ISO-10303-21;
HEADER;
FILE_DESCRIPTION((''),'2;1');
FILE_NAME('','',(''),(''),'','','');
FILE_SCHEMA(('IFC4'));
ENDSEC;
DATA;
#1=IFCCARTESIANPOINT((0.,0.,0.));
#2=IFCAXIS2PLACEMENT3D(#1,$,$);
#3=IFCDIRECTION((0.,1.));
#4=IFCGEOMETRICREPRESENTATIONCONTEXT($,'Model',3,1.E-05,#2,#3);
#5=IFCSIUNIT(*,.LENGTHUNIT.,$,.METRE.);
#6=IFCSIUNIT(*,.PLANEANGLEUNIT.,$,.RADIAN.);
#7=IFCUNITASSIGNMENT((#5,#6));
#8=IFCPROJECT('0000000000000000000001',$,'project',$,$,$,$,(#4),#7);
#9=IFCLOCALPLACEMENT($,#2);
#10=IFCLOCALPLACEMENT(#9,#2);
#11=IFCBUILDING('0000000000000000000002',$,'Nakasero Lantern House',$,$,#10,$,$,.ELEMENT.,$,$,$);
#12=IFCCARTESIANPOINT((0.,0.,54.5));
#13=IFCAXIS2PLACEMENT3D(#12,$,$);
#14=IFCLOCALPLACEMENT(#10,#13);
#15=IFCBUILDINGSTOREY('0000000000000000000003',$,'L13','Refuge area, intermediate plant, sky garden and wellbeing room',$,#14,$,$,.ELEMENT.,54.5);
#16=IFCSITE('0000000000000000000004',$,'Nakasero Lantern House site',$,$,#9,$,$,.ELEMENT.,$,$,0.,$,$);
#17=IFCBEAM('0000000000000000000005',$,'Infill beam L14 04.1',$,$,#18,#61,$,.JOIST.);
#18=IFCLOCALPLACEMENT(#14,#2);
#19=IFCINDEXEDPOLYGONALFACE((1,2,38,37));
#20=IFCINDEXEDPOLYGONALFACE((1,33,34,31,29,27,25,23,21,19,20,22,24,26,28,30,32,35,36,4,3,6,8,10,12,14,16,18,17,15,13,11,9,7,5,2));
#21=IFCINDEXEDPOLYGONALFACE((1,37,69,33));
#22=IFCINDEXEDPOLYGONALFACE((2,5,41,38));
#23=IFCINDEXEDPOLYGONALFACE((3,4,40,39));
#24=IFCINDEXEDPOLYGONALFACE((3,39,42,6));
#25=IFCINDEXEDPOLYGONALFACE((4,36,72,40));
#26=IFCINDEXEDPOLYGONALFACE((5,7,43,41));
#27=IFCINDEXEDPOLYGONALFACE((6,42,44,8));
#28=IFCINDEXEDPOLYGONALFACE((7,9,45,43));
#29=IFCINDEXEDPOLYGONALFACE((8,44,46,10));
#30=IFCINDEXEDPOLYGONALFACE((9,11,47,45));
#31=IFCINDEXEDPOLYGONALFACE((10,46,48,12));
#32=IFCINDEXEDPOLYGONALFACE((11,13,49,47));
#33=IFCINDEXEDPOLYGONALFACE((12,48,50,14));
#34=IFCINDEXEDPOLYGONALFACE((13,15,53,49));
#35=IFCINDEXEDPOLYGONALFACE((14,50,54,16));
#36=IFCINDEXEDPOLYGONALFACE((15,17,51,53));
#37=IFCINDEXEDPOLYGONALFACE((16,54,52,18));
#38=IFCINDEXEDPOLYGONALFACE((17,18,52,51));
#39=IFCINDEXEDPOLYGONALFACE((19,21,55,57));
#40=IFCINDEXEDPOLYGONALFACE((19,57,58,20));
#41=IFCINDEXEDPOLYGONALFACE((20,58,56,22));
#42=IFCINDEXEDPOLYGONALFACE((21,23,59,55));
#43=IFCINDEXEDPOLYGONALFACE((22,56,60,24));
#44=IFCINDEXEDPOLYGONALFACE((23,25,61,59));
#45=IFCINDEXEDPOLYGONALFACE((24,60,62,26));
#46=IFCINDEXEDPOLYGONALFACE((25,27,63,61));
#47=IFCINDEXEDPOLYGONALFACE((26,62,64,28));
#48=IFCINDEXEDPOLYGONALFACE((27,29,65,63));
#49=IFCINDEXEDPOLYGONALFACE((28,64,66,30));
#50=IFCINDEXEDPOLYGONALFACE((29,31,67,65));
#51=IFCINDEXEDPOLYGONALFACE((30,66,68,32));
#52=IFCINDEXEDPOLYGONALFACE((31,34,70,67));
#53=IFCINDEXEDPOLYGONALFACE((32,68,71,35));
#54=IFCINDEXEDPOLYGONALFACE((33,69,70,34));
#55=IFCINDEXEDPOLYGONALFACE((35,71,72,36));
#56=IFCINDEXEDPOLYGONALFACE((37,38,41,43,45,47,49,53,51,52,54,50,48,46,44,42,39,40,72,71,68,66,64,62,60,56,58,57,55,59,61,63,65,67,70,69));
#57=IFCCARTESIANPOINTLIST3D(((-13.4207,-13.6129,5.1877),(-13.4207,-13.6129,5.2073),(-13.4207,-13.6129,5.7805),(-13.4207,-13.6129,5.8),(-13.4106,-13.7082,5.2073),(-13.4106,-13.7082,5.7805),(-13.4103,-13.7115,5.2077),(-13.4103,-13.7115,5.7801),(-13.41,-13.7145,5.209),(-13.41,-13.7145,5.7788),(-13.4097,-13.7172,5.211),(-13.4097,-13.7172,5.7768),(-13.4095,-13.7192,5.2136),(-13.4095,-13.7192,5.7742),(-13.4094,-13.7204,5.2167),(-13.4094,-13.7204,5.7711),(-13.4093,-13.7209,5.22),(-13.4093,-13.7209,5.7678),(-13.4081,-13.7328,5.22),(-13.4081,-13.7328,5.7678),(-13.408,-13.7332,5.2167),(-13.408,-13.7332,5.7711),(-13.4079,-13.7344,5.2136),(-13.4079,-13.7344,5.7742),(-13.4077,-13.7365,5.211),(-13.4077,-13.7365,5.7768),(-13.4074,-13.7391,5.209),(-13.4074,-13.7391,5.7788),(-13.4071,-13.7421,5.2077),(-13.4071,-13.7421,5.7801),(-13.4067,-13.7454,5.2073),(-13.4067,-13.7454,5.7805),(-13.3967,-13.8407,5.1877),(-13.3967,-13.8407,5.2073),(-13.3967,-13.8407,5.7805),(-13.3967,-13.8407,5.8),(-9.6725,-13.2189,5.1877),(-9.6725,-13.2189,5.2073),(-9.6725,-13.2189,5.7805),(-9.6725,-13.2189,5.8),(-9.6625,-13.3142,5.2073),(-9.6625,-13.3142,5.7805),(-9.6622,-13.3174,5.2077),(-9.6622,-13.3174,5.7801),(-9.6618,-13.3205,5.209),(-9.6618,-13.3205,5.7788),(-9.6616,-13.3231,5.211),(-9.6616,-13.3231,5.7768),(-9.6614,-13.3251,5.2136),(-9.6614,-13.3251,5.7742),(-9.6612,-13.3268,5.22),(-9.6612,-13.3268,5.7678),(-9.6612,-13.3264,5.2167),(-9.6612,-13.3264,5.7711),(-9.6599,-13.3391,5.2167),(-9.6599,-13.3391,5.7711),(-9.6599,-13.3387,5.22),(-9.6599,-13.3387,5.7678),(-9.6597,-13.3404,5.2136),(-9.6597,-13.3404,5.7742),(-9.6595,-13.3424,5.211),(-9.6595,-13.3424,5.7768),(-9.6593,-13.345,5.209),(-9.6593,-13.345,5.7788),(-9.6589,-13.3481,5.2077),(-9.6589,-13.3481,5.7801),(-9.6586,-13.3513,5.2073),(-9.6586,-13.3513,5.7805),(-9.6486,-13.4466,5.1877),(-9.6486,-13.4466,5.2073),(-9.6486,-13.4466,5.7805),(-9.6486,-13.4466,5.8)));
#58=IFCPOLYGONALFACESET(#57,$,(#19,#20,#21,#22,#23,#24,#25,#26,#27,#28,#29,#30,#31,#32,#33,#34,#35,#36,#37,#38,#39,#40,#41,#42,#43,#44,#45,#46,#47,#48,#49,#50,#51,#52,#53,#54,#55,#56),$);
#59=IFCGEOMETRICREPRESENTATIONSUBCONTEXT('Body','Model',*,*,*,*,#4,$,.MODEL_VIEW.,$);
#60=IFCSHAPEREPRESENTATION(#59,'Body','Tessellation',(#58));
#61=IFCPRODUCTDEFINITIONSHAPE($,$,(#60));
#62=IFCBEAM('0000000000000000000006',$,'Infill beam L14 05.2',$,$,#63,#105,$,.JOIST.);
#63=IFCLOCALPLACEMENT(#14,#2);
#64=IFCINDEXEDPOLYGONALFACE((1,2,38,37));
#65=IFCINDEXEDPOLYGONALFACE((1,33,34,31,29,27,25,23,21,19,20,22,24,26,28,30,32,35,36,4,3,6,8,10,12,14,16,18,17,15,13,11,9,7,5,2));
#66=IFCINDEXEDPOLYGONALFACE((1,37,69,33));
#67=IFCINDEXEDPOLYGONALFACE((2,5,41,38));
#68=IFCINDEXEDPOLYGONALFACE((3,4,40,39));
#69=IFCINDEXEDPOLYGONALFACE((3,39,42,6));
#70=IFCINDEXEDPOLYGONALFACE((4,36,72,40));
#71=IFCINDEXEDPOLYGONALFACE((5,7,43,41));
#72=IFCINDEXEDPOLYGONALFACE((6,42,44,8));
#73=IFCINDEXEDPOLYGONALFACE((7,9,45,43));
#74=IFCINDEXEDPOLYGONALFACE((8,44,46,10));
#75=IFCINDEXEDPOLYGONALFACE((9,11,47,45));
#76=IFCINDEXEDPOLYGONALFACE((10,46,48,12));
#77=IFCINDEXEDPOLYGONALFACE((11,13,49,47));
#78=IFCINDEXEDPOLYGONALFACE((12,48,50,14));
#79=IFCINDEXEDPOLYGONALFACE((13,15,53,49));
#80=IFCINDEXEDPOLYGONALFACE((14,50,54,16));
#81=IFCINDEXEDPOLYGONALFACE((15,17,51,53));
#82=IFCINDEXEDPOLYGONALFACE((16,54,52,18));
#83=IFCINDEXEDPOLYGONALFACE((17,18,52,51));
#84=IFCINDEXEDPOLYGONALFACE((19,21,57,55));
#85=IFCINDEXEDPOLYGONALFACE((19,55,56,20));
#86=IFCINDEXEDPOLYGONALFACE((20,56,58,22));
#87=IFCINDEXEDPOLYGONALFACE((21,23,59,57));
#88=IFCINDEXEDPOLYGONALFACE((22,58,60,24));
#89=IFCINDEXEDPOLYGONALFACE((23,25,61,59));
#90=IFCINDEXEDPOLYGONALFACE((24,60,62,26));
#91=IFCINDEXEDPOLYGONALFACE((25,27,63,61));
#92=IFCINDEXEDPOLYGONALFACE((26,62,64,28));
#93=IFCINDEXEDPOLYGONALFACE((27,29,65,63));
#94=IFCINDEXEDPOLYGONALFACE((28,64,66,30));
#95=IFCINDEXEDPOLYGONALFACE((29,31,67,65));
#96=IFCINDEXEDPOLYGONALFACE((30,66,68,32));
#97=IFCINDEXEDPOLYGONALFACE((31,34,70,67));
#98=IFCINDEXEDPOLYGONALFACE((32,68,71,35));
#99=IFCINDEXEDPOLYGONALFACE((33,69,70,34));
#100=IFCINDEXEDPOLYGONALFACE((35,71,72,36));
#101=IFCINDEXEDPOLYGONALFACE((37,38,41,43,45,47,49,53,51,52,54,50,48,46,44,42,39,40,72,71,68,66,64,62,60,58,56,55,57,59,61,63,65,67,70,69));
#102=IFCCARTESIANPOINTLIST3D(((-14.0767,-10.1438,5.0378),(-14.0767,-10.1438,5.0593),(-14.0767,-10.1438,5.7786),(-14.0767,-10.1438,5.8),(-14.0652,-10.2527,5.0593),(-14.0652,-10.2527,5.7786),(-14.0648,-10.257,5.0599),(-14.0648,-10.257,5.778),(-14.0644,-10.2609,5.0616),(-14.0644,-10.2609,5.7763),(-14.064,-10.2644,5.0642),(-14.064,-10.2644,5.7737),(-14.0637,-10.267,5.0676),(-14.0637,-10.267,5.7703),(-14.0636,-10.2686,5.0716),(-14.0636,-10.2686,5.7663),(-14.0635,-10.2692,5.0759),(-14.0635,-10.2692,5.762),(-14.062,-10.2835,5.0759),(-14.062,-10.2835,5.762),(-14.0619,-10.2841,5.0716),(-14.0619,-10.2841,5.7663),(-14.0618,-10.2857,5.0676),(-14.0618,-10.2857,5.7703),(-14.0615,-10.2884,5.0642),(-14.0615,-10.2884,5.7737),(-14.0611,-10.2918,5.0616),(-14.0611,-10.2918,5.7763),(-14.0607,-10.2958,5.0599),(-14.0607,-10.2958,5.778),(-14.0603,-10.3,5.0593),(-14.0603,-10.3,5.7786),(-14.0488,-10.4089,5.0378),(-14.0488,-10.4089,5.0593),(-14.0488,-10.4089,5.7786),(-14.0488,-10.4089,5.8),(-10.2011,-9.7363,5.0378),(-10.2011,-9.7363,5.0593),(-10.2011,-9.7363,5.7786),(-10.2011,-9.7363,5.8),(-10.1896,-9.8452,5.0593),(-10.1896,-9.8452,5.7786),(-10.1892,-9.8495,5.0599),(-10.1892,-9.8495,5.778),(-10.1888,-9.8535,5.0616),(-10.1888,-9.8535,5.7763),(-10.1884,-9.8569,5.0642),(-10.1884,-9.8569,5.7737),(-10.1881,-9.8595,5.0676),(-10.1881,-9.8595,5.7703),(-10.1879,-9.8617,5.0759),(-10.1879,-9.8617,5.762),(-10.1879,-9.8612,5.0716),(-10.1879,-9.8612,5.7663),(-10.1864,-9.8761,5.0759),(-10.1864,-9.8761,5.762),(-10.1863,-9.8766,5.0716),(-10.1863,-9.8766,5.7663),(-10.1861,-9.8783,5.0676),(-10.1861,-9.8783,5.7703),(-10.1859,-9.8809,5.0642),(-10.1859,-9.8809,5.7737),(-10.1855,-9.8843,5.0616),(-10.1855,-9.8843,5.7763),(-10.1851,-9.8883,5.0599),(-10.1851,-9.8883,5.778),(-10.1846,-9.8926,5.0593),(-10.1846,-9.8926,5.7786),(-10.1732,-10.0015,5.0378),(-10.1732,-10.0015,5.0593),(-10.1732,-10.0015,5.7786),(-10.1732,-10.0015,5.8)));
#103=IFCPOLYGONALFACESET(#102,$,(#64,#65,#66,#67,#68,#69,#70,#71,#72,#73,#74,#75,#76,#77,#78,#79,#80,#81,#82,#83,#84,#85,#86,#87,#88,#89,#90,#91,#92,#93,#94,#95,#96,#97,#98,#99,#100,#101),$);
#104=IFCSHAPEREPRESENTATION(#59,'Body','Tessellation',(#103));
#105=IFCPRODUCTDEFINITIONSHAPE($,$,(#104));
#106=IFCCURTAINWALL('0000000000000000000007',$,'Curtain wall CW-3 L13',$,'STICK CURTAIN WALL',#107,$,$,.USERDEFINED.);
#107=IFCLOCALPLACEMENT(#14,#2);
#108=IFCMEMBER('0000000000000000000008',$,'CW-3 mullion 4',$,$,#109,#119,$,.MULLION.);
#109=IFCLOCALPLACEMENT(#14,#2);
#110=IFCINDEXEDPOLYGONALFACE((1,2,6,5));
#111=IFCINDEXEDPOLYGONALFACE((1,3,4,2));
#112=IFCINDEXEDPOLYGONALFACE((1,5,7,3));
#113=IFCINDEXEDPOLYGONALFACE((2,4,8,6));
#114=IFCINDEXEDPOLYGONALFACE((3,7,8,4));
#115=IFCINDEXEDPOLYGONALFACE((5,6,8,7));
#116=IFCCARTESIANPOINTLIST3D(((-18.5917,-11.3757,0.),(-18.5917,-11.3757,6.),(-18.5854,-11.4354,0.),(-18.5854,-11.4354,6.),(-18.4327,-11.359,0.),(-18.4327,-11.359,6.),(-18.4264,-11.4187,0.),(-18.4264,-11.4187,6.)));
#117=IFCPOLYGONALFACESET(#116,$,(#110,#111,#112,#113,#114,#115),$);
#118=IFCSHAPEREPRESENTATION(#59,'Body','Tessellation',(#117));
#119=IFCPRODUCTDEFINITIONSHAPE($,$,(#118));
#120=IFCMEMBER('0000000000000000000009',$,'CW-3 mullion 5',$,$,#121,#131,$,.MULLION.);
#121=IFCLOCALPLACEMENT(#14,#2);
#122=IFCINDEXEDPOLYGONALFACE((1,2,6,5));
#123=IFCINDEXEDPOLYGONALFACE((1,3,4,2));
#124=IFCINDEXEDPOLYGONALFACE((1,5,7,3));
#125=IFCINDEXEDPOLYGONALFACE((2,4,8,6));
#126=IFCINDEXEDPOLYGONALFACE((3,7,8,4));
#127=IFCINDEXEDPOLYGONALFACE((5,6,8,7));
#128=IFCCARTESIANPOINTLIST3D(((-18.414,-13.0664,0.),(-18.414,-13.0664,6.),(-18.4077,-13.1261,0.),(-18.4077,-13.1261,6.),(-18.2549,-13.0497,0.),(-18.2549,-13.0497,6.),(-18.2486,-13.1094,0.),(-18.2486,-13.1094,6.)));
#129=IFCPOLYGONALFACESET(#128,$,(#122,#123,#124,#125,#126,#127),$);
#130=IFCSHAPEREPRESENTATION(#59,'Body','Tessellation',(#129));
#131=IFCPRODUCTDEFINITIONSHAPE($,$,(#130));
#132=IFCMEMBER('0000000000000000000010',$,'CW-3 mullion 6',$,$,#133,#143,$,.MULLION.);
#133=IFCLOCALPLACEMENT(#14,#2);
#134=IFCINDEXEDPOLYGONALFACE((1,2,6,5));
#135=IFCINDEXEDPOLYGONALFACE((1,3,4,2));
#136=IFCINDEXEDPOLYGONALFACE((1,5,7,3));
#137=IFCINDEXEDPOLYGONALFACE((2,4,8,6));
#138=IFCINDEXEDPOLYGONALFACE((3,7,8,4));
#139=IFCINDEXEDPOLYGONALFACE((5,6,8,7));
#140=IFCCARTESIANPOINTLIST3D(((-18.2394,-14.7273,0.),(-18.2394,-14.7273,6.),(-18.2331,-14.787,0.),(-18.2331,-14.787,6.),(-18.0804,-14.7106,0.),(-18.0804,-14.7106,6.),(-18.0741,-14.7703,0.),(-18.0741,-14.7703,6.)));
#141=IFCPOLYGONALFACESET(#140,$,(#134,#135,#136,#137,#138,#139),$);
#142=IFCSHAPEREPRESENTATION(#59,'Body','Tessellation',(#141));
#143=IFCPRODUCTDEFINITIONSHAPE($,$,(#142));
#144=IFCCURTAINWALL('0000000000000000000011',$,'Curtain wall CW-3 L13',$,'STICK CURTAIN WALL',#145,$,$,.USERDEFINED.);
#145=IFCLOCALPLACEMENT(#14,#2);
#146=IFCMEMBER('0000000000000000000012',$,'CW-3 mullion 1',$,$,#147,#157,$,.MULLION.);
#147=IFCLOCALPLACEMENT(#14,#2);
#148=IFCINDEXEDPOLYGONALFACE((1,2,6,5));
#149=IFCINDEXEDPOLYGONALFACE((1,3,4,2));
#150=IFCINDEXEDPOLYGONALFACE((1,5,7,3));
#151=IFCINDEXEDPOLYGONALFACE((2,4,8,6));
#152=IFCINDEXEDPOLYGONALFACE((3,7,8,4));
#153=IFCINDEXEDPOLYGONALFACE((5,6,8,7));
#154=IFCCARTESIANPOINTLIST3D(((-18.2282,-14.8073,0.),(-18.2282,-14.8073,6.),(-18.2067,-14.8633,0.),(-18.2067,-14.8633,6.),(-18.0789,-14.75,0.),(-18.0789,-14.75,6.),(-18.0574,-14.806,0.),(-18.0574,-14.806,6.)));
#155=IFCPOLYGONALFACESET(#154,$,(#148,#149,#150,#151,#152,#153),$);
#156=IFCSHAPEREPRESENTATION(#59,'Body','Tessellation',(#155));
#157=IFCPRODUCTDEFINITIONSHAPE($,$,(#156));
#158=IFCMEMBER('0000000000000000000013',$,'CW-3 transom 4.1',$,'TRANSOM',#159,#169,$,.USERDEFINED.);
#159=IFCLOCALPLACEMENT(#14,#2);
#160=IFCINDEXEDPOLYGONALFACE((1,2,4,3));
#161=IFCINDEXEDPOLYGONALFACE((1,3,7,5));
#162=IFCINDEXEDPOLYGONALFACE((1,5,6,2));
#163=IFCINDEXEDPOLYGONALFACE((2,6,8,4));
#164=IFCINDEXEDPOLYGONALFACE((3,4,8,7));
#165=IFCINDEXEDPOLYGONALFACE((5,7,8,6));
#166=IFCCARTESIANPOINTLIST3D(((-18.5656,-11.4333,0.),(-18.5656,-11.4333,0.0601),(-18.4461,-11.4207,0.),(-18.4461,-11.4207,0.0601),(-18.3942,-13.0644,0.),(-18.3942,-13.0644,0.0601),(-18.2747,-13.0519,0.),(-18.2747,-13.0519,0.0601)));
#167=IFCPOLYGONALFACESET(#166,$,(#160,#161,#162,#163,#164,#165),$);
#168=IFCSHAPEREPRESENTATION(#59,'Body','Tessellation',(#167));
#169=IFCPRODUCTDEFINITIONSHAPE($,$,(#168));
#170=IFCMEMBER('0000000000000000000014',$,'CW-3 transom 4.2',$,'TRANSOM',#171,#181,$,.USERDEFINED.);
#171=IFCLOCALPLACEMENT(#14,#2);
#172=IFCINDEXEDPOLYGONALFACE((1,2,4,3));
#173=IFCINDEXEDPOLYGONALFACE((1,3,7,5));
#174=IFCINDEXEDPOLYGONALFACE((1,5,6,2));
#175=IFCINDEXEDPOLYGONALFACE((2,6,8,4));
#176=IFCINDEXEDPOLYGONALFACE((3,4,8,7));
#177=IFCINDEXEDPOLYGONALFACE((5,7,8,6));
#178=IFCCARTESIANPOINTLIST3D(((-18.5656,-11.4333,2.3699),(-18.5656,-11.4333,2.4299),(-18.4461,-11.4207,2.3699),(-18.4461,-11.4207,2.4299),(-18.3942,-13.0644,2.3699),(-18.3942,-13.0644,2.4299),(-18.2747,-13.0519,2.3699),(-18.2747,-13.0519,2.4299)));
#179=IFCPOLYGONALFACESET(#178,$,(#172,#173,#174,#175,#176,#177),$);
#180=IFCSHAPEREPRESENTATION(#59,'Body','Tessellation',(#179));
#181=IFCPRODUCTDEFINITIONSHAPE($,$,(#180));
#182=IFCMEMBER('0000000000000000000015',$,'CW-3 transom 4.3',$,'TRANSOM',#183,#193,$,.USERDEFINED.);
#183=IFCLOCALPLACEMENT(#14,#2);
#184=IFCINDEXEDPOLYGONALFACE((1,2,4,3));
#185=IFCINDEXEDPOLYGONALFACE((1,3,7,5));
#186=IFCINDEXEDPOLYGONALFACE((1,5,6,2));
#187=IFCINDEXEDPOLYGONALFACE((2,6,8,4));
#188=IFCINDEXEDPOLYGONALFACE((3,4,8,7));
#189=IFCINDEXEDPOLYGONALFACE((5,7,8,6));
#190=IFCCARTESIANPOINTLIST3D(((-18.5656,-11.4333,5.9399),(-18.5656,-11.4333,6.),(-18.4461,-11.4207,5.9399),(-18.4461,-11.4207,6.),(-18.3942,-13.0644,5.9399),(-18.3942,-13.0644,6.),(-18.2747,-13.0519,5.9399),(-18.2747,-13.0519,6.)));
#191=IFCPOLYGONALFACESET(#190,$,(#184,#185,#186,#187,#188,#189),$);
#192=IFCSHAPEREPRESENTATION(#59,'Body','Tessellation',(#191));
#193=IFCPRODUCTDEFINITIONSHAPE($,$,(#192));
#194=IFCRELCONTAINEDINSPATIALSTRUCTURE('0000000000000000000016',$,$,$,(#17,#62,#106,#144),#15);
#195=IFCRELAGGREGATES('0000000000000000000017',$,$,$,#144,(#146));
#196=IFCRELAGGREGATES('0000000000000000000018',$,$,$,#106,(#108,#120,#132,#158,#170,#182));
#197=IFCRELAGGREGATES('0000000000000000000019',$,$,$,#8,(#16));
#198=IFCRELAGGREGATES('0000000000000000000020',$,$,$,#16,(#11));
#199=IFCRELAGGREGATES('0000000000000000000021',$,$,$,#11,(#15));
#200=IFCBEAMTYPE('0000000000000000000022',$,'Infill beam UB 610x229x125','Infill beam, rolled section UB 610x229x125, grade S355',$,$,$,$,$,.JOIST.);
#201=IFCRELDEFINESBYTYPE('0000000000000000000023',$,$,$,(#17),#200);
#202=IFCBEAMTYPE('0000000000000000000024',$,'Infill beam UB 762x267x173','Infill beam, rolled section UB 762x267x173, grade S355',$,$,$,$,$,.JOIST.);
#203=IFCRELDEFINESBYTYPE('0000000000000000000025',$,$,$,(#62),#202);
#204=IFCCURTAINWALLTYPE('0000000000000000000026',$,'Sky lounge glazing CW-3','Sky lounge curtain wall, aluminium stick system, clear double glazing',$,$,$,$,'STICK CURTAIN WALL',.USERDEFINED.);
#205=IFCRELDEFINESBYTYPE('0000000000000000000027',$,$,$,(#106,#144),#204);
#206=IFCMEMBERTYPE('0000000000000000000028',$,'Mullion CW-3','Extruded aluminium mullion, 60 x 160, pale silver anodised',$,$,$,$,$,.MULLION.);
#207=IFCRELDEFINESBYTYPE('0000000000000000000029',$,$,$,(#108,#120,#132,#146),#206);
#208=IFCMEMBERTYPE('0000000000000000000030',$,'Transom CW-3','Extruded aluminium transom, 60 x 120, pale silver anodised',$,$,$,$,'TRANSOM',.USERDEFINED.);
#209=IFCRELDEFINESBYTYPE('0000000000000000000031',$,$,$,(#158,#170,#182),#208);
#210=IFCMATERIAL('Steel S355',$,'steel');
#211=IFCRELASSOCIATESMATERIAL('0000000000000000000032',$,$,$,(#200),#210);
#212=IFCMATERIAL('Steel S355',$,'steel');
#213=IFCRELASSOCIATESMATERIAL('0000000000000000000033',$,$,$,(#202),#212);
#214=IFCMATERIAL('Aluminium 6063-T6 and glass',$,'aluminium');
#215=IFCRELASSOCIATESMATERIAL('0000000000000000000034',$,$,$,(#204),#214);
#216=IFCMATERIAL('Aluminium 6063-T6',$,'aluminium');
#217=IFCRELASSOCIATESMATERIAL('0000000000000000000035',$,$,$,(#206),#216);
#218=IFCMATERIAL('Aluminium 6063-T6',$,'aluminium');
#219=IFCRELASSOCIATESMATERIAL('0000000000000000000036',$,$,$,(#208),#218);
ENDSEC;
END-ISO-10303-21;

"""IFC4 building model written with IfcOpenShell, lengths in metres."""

from ifc_helpers import new_model, si_unit, direction, frame, origin, origin_2d, place, context, subcontext, project, spatial, rectangle, i_section, extrude, material, material_profile, profile_set, type_object, element, aggregate, save


model = new_model("IFC4")

# Units and contexts
model_context = context("Model", 3, precision=1e-05, world=origin(), true_north=direction((0.0, 1.0)))
body_context = subcontext(model_context, "Body", "Model", "MODEL_VIEW")
ifc_project = project(units=[si_unit("LENGTHUNIT", "METRE"), si_unit("PLANEANGLEUNIT", "RADIAN")], contexts=[model_context])

# Site, building, storey
site_placement = place(None, origin())
site = spatial("IfcSite", under=ifc_project, at=site_placement, Name="Nakasero Lantern House site", CompositionType="ELEMENT", RefElevation=0.0)
building_placement = place(site_placement, origin())
building = spatial("IfcBuilding", under=site, at=building_placement, Name="Nakasero Lantern House", CompositionType="ELEMENT")
storey_placement = place(building_placement, frame((0.0, 0.0, 54.5)))
storey = spatial("IfcBuildingStorey", under=building, at=storey_placement, Name="L13", Description="Refuge area, intermediate plant, sky garden and wellbeing room", CompositionType="ELEMENT", Elevation=54.5)

# Beams
ifc_material_1 = material(Name="Steel S355", Category="steel")
ifc_material_profile_1 = material_profile(ifc_material_1, i_section(OverallWidth=0.229, OverallDepth=0.6123, WebThickness=0.012, FlangeThickness=0.0195, FilletRadius=0.0127, at=origin_2d()), Name="UB 610x229x125")
ifc_profile_set_1 = profile_set([ifc_material_profile_1], Name="Steel S355")
beam_type_1 = type_object("IfcBeamType", Name="Infill beam UB 610x229x125", Description="Infill beam, rolled section UB 610x229x125, grade S355", PredefinedType="JOIST", material=ifc_profile_set_1)
beam_1_placement = place(storey_placement, frame((-13.4087, -13.7268, 5.4939), z_axis=(0.994519, 0.104557, 0.0), x_axis=(-0.104557, 0.994519, 0.0)))
element("IfcBeam", 1, at=beam_1_placement, inside=storey, type_object=beam_type_1, Name="Infill beam L14 04.1", PredefinedType="JOIST", context=body_context, shape_type="SweptSolid", body=[
    extrude(i_section(OverallWidth=0.229, OverallDepth=0.6123, WebThickness=0.012, FlangeThickness=0.0195, FilletRadius=0.0127, at=origin_2d()), origin(), (0.0, 0.0, 1.0), 3.7688),
])
ifc_material_2 = material(Name="Steel S355", Category="steel")
ifc_material_profile_2 = material_profile(ifc_material_2, i_section(OverallWidth=0.2666, OverallDepth=0.7622, WebThickness=0.0144, FlangeThickness=0.0215, FilletRadius=0.0166, at=origin_2d()), Name="UB 762x267x173")
ifc_profile_set_2 = profile_set([ifc_material_profile_2], Name="Steel S355")
beam_type_2 = type_object("IfcBeamType", Name="Infill beam UB 762x267x173", Description="Infill beam, rolled section UB 762x267x173, grade S355", PredefinedType="JOIST", material=ifc_profile_set_2)
beam_2_placement = place(storey_placement, frame((-14.0627, -10.2764, 5.4189), z_axis=(0.994519, 0.104558, 0.0), x_axis=(-0.104558, 0.994519, 0.0)))
element("IfcBeam", 2, at=beam_2_placement, inside=storey, type_object=beam_type_2, Name="Infill beam L14 05.2", PredefinedType="JOIST", context=body_context, shape_type="SweptSolid", body=[
    extrude(i_section(OverallWidth=0.2666, OverallDepth=0.7622, WebThickness=0.0144, FlangeThickness=0.0215, FilletRadius=0.0166, at=origin_2d()), origin(), (0.0, 0.0, 1.0), 3.897),
])

# Curtain wall, members
ifc_material_3 = material(Name="Aluminium 6063-T6 and glass", Category="aluminium")
curtain_wall_type = type_object("IfcCurtainWallType", Name="Sky lounge glazing CW-3", Description="Sky lounge curtain wall, aluminium stick system, clear double glazing", ElementType="STICK CURTAIN WALL", PredefinedType="USERDEFINED", material=ifc_material_3)
curtain_wall_1_placement = place(storey_placement, origin())
curtain_wall_1 = element("IfcCurtainWall", 3, at=curtain_wall_1_placement, inside=storey, type_object=curtain_wall_type, Name="Curtain wall CW-3 L13", ObjectType="STICK CURTAIN WALL", PredefinedType="USERDEFINED")
ifc_material_4 = material(Name="Aluminium 6063-T6", Category="aluminium")
ifc_material_profile_3 = material_profile(ifc_material_4, rectangle(XDim=0.0601, YDim=0.1599, at=origin_2d()), Name="CW-3 mullion 60x160")
ifc_profile_set_3 = profile_set([ifc_material_profile_3], Name="Aluminium 6063-T6")
member_type_1 = type_object("IfcMemberType", Name="Mullion CW-3", Description="Extruded aluminium mullion, 60 x 160, pale silver anodised", PredefinedType="MULLION", material=ifc_profile_set_3)
member_1_placement = place(storey_placement, frame((-18.509, -11.3972, 0.0), z_axis=(0.0, 0.0, 1.0), x_axis=(0.104528, -0.994522, 0.0)))
member_1 = element("IfcMember", 4, at=member_1_placement, type_object=member_type_1, Name="CW-3 mullion 4", PredefinedType="MULLION", context=body_context, shape_type="SweptSolid", body=[
    extrude(rectangle(XDim=0.0601, YDim=0.1599, at=origin_2d()), origin(), (0.0, 0.0, 1.0), 6.0),
])
member_2_placement = place(storey_placement, frame((-18.3313, -13.0879, 0.0), z_axis=(0.0, 0.0, 1.0), x_axis=(0.104528, -0.994522, 0.0)))
member_2 = element("IfcMember", 5, at=member_2_placement, type_object=member_type_1, Name="CW-3 mullion 5", PredefinedType="MULLION", context=body_context, shape_type="SweptSolid", body=[
    extrude(rectangle(XDim=0.0601, YDim=0.1599, at=origin_2d()), origin(), (0.0, 0.0, 1.0), 6.0),
])
member_3_placement = place(storey_placement, frame((-18.1567, -14.7488, 0.0), z_axis=(0.0, 0.0, 1.0), x_axis=(0.104528, -0.994522, 0.0)))
member_3 = element("IfcMember", 6, at=member_3_placement, type_object=member_type_1, Name="CW-3 mullion 6", PredefinedType="MULLION", context=body_context, shape_type="SweptSolid", body=[
    extrude(rectangle(XDim=0.0601, YDim=0.1599, at=origin_2d()), origin(), (0.0, 0.0, 1.0), 6.0),
])

# Curtain wall, member
curtain_wall_2_placement = place(storey_placement, origin())
curtain_wall_2 = element("IfcCurtainWall", 7, at=curtain_wall_2_placement, inside=storey, type_object=curtain_wall_type, Name="Curtain wall CW-3 L13", ObjectType="STICK CURTAIN WALL", PredefinedType="USERDEFINED")
member_4_placement = place(storey_placement, frame((-18.1428, -14.8066, 0.0), z_axis=(0.0, 0.0, 1.0), x_axis=(0.358368, -0.93358, 0.0)))
member_4 = element("IfcMember", 8, at=member_4_placement, type_object=member_type_1, Name="CW-3 mullion 1", PredefinedType="MULLION", context=body_context, shape_type="SweptSolid", body=[
    extrude(rectangle(XDim=0.0601, YDim=0.1599, at=origin_2d()), origin(), (0.0, 0.0, 1.0), 6.0),
])

# Members
ifc_material_5 = material(Name="Aluminium 6063-T6", Category="aluminium")
ifc_material_profile_4 = material_profile(ifc_material_5, rectangle(XDim=0.0601, YDim=0.1201, at=origin_2d()), Name="CW-3 transom 60x120")
ifc_profile_set_4 = profile_set([ifc_material_profile_4], Name="Aluminium 6063-T6")
member_type_2 = type_object("IfcMemberType", Name="Transom CW-3", Description="Extruded aluminium transom, 60 x 120, pale silver anodised", ElementType="TRANSOM", PredefinedType="USERDEFINED", material=ifc_profile_set_4)
member_5_placement = place(storey_placement, frame((-18.5059, -11.427, 0.03), z_axis=(0.104499, -0.994525, 0.0), x_axis=(0.0, 0.0, 1.0)))
member_5 = element("IfcMember", 9, at=member_5_placement, type_object=member_type_2, Name="CW-3 transom 4.1", ObjectType="TRANSOM", PredefinedType="USERDEFINED", context=body_context, shape_type="SweptSolid", body=[
    extrude(rectangle(XDim=0.0601, YDim=0.1201, at=origin_2d()), origin(), (0.0, 0.0, 1.0), 1.6401),
])
member_6_placement = place(storey_placement, frame((-18.5059, -11.427, 2.3999), z_axis=(0.104499, -0.994525, 0.0), x_axis=(0.0, 0.0, 1.0)))
member_6 = element("IfcMember", 10, at=member_6_placement, type_object=member_type_2, Name="CW-3 transom 4.2", ObjectType="TRANSOM", PredefinedType="USERDEFINED", context=body_context, shape_type="SweptSolid", body=[
    extrude(rectangle(XDim=0.0601, YDim=0.1201, at=origin_2d()), origin(), (0.0, 0.0, 1.0), 1.6401),
])
member_7_placement = place(storey_placement, frame((-18.5059, -11.427, 5.97), z_axis=(0.104499, -0.994525, 0.0), x_axis=(0.0, 0.0, 1.0)))
member_7 = element("IfcMember", 11, at=member_7_placement, type_object=member_type_2, Name="CW-3 transom 4.3", ObjectType="TRANSOM", PredefinedType="USERDEFINED", context=body_context, shape_type="SweptSolid", body=[
    extrude(rectangle(XDim=0.0601, YDim=0.1201, at=origin_2d()), origin(), (0.0, 0.0, 1.0), 1.6401),
])

aggregate(curtain_wall_2, [member_4])
aggregate(curtain_wall_1, [member_1, member_2, member_3, member_5, member_6, member_7])

save(model, "model.ifc")
